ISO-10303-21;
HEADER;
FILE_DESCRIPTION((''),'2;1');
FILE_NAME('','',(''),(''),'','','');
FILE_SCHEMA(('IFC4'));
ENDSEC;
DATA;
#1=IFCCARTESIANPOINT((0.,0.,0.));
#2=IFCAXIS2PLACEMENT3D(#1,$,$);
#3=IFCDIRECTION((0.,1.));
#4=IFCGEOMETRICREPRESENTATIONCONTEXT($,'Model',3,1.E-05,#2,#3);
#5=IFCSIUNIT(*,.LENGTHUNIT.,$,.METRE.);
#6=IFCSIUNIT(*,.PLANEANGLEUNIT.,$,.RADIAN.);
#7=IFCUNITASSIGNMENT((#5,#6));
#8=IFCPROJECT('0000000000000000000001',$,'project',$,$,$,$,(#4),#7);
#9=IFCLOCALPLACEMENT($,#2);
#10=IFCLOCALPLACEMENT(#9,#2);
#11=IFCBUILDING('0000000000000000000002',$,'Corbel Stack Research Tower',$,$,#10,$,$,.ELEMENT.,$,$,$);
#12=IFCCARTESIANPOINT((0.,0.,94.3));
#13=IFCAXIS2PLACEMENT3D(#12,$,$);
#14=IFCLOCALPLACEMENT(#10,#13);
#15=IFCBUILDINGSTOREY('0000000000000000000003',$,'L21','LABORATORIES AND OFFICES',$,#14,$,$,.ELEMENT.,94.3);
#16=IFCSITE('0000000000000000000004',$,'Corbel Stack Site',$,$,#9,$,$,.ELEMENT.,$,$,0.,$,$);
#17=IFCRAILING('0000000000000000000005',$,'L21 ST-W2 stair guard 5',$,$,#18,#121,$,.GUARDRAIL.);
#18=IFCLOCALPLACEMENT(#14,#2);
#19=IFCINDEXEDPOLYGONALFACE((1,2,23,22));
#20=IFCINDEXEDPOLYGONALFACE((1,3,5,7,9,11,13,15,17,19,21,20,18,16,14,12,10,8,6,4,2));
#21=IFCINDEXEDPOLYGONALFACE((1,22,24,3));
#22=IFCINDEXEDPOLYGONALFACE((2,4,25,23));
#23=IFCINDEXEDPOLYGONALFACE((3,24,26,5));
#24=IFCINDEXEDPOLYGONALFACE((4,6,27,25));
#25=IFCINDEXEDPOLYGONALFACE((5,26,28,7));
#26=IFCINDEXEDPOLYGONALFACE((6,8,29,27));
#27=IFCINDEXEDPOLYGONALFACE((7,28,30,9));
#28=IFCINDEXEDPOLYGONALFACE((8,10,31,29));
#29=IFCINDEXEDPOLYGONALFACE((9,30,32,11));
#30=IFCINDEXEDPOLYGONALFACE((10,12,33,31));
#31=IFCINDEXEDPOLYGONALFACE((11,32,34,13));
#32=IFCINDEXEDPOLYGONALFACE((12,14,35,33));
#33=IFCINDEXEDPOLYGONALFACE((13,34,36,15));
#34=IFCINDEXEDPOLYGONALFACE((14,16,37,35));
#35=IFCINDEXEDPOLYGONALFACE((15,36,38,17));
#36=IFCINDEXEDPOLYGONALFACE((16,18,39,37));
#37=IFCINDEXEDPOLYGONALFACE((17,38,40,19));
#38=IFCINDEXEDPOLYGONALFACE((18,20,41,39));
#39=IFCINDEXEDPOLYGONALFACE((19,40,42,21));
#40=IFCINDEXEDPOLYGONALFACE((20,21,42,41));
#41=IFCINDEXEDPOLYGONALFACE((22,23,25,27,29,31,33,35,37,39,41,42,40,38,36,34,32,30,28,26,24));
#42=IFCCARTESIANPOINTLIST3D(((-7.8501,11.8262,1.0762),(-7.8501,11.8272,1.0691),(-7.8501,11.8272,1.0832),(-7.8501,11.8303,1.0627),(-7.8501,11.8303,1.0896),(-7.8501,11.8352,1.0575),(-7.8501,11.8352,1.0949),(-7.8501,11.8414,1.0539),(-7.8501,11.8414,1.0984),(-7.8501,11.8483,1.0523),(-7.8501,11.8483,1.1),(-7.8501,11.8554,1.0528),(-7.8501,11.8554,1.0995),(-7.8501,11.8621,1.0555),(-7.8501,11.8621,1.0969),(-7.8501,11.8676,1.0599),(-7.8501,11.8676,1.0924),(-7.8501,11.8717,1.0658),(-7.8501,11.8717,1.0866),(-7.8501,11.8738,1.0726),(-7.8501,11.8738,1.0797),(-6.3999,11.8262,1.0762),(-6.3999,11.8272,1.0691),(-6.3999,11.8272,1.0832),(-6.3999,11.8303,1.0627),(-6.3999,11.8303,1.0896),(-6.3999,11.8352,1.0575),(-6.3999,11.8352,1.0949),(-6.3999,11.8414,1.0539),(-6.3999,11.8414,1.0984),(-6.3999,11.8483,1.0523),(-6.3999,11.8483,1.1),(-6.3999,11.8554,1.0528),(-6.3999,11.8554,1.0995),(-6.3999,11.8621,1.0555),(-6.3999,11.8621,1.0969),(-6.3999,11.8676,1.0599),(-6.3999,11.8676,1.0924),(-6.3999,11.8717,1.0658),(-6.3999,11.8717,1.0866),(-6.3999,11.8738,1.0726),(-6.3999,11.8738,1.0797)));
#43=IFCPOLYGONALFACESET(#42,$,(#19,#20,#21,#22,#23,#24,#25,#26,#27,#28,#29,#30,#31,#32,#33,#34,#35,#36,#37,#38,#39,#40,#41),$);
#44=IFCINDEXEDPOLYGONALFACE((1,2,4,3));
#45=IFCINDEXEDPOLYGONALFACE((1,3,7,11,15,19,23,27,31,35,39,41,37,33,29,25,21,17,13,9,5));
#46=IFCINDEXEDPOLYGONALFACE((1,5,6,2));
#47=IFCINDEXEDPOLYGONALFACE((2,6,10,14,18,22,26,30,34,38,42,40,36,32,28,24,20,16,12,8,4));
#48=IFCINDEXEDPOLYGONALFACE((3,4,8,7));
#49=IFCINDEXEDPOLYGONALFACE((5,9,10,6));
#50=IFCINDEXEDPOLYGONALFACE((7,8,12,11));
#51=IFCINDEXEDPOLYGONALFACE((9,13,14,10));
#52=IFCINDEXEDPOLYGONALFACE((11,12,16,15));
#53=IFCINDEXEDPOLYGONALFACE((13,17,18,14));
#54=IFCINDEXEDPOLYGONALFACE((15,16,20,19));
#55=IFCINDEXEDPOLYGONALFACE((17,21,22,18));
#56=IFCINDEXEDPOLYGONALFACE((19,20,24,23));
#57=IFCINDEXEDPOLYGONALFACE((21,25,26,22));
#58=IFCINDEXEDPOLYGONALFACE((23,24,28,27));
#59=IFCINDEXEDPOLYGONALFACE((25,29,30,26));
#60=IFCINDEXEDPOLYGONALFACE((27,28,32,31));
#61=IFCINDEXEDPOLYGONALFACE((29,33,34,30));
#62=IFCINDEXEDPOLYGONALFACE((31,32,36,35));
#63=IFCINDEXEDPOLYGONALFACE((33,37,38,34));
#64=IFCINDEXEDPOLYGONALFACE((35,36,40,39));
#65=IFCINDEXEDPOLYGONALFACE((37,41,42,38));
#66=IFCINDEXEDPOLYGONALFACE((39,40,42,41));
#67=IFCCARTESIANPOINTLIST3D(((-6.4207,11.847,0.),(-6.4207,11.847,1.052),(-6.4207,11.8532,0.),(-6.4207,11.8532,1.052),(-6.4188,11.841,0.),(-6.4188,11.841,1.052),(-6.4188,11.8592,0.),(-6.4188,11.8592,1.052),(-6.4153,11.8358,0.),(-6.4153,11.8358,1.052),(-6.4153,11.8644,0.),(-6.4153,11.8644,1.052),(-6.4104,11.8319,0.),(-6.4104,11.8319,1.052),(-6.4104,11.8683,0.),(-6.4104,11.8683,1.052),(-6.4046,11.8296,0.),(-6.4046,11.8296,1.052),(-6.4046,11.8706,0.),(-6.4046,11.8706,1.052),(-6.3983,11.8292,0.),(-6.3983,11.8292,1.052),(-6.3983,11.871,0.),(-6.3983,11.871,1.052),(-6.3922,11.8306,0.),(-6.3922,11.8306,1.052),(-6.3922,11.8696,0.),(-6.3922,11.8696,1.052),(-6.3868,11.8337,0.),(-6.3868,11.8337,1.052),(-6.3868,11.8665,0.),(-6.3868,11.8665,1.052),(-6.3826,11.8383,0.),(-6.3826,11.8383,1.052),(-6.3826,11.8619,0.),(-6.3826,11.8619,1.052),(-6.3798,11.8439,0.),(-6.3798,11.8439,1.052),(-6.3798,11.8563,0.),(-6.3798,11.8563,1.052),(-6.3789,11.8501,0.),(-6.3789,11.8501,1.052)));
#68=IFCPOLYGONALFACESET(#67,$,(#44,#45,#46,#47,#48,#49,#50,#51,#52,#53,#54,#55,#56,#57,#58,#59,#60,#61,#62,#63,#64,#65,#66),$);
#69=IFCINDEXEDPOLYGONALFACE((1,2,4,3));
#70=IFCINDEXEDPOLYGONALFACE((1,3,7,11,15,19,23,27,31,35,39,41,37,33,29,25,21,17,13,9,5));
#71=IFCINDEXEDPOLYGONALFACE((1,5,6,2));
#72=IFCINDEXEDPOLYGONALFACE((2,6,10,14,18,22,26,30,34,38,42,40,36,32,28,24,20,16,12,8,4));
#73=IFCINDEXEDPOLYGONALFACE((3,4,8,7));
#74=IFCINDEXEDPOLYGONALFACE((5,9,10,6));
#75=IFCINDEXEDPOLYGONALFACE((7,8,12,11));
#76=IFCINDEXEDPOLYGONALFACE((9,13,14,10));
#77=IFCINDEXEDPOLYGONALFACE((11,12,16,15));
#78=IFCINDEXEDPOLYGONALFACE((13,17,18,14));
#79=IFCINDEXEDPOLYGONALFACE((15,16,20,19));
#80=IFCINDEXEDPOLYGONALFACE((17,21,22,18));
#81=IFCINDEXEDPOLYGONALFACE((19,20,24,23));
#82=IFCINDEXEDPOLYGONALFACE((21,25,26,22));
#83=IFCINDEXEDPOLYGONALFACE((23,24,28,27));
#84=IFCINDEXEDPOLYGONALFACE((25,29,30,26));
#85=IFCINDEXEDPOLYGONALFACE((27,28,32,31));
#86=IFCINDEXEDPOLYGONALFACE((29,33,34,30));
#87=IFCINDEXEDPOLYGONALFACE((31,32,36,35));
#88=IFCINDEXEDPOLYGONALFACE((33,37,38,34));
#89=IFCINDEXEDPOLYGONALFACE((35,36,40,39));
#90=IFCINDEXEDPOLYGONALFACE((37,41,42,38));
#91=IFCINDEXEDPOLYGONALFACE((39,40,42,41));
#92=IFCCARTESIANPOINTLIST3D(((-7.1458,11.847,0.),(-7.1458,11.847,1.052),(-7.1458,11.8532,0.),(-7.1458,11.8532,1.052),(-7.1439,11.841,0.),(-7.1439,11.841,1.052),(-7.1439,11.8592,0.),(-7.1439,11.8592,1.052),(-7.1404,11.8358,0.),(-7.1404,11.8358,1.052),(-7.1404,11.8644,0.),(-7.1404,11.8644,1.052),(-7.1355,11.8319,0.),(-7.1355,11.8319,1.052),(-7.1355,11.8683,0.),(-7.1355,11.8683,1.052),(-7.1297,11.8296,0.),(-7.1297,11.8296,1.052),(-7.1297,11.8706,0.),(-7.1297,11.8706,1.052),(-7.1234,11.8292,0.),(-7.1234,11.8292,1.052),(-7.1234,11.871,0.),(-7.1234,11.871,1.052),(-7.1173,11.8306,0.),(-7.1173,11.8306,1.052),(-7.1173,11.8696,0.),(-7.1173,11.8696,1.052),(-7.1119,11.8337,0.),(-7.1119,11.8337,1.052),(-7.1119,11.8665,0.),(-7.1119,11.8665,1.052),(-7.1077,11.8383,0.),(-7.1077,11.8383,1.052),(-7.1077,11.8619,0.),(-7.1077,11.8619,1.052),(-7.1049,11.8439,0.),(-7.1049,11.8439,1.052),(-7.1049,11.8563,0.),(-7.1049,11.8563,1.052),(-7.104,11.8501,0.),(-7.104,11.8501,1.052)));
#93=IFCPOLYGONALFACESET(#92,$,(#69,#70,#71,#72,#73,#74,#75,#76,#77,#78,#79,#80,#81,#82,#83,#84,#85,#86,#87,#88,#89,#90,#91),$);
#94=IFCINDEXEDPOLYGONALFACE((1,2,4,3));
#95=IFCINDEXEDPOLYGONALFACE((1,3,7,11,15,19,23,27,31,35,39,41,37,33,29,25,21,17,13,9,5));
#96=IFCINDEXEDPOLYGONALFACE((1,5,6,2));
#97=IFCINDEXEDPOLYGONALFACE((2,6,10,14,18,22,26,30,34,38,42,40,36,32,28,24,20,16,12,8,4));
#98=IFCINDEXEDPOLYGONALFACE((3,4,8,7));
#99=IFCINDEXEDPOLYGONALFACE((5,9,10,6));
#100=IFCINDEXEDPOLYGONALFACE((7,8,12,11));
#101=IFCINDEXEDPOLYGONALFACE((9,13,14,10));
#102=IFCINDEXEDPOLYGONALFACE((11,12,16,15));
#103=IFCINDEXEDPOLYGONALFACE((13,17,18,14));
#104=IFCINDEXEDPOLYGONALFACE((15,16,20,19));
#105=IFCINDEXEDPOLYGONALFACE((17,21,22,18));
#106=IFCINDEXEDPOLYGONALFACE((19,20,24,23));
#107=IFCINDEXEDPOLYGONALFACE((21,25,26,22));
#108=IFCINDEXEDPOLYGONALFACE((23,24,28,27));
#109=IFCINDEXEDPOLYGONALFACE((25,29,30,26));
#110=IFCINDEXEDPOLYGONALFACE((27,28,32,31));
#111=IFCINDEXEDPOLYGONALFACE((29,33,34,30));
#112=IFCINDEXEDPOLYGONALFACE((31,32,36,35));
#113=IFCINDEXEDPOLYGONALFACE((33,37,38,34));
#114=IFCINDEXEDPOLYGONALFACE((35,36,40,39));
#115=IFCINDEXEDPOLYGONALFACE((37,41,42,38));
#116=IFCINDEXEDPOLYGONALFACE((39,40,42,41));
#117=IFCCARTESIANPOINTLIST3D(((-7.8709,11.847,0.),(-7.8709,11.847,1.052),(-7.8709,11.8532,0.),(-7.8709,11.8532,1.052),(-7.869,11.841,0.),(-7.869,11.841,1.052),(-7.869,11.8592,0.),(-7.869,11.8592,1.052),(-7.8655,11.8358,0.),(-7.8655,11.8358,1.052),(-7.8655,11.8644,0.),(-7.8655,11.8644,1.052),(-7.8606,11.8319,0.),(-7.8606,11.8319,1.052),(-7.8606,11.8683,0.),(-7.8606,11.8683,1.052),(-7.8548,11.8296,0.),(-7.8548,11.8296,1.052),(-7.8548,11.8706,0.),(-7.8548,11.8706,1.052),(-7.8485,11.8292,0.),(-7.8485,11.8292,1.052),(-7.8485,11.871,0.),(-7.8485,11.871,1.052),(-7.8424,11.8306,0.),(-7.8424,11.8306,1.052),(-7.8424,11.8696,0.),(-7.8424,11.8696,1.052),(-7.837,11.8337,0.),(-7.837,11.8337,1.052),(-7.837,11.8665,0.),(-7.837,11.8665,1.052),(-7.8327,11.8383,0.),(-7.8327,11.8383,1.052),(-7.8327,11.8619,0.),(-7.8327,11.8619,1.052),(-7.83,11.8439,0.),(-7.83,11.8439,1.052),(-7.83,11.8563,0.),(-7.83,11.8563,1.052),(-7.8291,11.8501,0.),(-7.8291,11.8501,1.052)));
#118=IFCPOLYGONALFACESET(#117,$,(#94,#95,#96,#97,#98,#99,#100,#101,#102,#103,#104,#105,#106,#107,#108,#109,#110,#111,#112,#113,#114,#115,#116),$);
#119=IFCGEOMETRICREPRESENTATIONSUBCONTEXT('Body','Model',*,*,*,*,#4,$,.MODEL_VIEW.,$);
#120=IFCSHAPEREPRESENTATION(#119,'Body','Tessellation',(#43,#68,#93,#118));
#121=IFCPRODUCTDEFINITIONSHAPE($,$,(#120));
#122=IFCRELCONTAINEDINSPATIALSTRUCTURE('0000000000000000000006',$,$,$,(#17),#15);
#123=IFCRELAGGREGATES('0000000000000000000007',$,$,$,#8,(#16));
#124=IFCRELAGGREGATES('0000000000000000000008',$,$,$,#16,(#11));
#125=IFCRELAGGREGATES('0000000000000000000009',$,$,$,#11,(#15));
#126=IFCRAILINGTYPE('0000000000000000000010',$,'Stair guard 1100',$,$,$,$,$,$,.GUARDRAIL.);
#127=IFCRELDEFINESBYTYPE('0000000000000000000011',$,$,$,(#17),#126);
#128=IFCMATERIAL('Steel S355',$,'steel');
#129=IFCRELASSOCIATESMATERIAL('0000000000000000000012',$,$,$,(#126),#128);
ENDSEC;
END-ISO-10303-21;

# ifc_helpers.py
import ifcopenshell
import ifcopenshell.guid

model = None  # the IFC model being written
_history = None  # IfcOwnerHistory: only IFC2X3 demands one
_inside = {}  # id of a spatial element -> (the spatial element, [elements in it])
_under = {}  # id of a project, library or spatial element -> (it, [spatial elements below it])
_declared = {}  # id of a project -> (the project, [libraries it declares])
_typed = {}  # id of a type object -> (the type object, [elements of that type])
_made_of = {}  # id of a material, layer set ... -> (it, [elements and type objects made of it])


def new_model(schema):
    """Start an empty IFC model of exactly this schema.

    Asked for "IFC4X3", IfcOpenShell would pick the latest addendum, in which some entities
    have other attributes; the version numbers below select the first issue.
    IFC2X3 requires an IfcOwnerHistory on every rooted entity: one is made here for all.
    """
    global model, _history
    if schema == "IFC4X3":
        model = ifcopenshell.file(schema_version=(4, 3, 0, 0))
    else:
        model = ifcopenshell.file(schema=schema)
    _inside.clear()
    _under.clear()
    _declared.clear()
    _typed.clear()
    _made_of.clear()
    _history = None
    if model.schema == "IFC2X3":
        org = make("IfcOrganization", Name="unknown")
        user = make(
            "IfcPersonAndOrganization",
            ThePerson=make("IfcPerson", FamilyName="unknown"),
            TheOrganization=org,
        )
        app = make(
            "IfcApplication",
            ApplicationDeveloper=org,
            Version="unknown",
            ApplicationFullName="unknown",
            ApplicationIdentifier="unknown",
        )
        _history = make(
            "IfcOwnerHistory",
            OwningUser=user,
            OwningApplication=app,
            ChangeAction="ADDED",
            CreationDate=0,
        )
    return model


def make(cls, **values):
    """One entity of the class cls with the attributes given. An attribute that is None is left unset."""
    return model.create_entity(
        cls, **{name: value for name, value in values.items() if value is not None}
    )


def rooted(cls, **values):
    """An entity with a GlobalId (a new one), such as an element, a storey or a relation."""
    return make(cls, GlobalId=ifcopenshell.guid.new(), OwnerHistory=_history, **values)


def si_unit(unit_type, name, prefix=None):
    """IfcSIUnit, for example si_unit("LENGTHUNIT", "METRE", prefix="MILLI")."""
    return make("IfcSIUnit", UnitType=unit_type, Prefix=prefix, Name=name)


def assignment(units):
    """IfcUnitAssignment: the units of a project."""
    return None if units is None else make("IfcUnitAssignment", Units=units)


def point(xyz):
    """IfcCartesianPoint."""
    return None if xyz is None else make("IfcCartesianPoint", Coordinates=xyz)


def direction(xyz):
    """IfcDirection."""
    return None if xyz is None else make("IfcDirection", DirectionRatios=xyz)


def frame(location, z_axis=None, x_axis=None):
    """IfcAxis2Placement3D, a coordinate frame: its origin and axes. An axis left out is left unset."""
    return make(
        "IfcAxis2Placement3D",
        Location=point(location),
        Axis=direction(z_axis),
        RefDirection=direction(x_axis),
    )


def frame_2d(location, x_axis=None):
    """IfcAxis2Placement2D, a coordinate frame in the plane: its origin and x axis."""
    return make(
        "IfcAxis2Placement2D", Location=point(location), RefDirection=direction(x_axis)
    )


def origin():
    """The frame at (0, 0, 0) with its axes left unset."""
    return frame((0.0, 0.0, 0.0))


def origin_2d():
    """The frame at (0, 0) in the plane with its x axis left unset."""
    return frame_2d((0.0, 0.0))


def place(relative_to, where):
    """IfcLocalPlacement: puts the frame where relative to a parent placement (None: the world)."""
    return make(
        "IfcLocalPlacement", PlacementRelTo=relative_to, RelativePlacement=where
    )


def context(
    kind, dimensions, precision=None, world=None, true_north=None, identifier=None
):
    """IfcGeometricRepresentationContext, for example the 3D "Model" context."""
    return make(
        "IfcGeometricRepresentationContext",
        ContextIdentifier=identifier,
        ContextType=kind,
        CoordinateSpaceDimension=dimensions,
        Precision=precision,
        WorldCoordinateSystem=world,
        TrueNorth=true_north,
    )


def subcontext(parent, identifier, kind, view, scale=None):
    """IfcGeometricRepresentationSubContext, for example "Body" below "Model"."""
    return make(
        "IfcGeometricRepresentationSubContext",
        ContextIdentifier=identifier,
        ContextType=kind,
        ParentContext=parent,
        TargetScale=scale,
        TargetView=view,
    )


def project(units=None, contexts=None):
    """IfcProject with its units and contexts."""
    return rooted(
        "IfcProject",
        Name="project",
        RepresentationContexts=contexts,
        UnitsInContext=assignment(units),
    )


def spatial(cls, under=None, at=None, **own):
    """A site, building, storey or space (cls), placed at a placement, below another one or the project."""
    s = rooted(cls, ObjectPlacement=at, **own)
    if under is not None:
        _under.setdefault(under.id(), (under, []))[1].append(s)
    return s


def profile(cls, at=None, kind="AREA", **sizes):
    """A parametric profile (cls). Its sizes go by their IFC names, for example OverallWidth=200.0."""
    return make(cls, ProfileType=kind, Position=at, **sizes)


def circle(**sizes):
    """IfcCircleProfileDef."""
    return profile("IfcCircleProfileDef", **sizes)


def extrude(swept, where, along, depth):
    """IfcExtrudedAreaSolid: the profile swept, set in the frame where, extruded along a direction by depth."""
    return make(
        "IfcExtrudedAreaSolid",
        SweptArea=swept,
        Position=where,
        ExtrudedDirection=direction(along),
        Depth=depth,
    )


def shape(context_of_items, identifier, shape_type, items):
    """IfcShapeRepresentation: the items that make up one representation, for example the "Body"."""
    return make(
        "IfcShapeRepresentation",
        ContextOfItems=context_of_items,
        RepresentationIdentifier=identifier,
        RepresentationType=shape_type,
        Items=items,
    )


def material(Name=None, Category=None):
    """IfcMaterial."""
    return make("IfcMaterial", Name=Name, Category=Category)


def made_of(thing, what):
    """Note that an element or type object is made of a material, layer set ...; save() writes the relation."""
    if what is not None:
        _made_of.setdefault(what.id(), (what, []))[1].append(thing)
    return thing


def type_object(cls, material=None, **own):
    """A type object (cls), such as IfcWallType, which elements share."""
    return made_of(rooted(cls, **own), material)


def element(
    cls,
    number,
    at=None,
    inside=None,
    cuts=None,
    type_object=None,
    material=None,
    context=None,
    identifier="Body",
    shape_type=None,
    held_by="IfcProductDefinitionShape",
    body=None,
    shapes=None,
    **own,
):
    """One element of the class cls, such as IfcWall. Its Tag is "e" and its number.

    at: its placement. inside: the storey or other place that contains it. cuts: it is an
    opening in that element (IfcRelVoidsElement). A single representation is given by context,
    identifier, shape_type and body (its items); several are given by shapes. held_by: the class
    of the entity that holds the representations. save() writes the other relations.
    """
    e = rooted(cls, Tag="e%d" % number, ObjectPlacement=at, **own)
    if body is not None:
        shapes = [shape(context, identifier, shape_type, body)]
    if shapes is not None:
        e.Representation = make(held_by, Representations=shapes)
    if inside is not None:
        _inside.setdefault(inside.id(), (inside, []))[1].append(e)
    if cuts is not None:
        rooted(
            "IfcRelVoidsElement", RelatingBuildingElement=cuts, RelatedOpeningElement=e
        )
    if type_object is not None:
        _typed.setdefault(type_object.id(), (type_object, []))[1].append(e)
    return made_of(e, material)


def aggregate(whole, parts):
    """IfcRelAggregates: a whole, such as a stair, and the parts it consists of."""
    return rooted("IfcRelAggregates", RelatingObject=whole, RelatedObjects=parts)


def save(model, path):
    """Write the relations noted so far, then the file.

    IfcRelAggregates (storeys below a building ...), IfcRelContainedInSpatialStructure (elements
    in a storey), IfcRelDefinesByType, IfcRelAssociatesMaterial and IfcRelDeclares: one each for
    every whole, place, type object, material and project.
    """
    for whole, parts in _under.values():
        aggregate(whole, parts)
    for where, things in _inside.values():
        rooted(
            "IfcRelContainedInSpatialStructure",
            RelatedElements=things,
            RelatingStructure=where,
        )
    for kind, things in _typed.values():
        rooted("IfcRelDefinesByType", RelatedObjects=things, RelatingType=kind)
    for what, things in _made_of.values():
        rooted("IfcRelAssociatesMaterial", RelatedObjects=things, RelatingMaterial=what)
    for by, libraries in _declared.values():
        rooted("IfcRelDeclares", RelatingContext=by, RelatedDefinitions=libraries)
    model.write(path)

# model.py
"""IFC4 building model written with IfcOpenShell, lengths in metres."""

from ifc_helpers import new_model, si_unit, direction, frame, origin, origin_2d, place, context, subcontext, project, spatial, circle, extrude, material, type_object, element, save


model = new_model("IFC4")

# Units and contexts
model_context = context("Model", 3, precision=1e-05, world=origin(), true_north=direction((0.0, 1.0)))
body_context = subcontext(model_context, "Body", "Model", "MODEL_VIEW")
ifc_project = project(units=[si_unit("LENGTHUNIT", "METRE"), si_unit("PLANEANGLEUNIT", "RADIAN")], contexts=[model_context])

# Site, building, storey
site_placement = place(None, origin())
site = spatial("IfcSite", under=ifc_project, at=site_placement, Name="Corbel Stack Site", CompositionType="ELEMENT", RefElevation=0.0)
building_placement = place(site_placement, origin())
building = spatial("IfcBuilding", under=site, at=building_placement, Name="Corbel Stack Research Tower", CompositionType="ELEMENT")
storey_placement = place(building_placement, frame((0.0, 0.0, 94.3)))
storey = spatial("IfcBuildingStorey", under=building, at=storey_placement, Name="L21", Description="LABORATORIES AND OFFICES", CompositionType="ELEMENT", Elevation=94.3)

# Railing
ifc_material_1 = material(Name="Steel S355", Category="steel")
railing_type_1 = type_object("IfcRailingType", Name="Stair guard 1100", PredefinedType="GUARDRAIL", material=ifc_material_1)
railing_1_placement = place(storey_placement, frame((-6.3999, 11.8501, 0.0)))
element("IfcRailing", 1, at=railing_1_placement, inside=storey, type_object=railing_type_1, Name="L21 ST-W2 stair guard 5", PredefinedType="GUARDRAIL", context=body_context, shape_type="SweptSolid", body=[
    extrude(circle(Radius=0.0239, at=origin_2d()), frame((0.0, 0.0, 1.0762), z_axis=(-1.0, 0.0, 0.0), x_axis=(0.0, -1.0, 0.0)), (0.0, 0.0, 1.0), 1.4502),
    extrude(circle(Radius=0.021, at=origin_2d()), origin(), (0.0, 0.0, 1.0), 1.052),
    extrude(circle(Radius=0.021, at=origin_2d()), frame((-0.7251, 0.0, 0.0)), (0.0, 0.0, 1.0), 1.052),
    extrude(circle(Radius=0.021, at=origin_2d()), frame((-1.4502, 0.0, 0.0)), (0.0, 0.0, 1.0), 1.052),
])

save(model, "model.ifc")
